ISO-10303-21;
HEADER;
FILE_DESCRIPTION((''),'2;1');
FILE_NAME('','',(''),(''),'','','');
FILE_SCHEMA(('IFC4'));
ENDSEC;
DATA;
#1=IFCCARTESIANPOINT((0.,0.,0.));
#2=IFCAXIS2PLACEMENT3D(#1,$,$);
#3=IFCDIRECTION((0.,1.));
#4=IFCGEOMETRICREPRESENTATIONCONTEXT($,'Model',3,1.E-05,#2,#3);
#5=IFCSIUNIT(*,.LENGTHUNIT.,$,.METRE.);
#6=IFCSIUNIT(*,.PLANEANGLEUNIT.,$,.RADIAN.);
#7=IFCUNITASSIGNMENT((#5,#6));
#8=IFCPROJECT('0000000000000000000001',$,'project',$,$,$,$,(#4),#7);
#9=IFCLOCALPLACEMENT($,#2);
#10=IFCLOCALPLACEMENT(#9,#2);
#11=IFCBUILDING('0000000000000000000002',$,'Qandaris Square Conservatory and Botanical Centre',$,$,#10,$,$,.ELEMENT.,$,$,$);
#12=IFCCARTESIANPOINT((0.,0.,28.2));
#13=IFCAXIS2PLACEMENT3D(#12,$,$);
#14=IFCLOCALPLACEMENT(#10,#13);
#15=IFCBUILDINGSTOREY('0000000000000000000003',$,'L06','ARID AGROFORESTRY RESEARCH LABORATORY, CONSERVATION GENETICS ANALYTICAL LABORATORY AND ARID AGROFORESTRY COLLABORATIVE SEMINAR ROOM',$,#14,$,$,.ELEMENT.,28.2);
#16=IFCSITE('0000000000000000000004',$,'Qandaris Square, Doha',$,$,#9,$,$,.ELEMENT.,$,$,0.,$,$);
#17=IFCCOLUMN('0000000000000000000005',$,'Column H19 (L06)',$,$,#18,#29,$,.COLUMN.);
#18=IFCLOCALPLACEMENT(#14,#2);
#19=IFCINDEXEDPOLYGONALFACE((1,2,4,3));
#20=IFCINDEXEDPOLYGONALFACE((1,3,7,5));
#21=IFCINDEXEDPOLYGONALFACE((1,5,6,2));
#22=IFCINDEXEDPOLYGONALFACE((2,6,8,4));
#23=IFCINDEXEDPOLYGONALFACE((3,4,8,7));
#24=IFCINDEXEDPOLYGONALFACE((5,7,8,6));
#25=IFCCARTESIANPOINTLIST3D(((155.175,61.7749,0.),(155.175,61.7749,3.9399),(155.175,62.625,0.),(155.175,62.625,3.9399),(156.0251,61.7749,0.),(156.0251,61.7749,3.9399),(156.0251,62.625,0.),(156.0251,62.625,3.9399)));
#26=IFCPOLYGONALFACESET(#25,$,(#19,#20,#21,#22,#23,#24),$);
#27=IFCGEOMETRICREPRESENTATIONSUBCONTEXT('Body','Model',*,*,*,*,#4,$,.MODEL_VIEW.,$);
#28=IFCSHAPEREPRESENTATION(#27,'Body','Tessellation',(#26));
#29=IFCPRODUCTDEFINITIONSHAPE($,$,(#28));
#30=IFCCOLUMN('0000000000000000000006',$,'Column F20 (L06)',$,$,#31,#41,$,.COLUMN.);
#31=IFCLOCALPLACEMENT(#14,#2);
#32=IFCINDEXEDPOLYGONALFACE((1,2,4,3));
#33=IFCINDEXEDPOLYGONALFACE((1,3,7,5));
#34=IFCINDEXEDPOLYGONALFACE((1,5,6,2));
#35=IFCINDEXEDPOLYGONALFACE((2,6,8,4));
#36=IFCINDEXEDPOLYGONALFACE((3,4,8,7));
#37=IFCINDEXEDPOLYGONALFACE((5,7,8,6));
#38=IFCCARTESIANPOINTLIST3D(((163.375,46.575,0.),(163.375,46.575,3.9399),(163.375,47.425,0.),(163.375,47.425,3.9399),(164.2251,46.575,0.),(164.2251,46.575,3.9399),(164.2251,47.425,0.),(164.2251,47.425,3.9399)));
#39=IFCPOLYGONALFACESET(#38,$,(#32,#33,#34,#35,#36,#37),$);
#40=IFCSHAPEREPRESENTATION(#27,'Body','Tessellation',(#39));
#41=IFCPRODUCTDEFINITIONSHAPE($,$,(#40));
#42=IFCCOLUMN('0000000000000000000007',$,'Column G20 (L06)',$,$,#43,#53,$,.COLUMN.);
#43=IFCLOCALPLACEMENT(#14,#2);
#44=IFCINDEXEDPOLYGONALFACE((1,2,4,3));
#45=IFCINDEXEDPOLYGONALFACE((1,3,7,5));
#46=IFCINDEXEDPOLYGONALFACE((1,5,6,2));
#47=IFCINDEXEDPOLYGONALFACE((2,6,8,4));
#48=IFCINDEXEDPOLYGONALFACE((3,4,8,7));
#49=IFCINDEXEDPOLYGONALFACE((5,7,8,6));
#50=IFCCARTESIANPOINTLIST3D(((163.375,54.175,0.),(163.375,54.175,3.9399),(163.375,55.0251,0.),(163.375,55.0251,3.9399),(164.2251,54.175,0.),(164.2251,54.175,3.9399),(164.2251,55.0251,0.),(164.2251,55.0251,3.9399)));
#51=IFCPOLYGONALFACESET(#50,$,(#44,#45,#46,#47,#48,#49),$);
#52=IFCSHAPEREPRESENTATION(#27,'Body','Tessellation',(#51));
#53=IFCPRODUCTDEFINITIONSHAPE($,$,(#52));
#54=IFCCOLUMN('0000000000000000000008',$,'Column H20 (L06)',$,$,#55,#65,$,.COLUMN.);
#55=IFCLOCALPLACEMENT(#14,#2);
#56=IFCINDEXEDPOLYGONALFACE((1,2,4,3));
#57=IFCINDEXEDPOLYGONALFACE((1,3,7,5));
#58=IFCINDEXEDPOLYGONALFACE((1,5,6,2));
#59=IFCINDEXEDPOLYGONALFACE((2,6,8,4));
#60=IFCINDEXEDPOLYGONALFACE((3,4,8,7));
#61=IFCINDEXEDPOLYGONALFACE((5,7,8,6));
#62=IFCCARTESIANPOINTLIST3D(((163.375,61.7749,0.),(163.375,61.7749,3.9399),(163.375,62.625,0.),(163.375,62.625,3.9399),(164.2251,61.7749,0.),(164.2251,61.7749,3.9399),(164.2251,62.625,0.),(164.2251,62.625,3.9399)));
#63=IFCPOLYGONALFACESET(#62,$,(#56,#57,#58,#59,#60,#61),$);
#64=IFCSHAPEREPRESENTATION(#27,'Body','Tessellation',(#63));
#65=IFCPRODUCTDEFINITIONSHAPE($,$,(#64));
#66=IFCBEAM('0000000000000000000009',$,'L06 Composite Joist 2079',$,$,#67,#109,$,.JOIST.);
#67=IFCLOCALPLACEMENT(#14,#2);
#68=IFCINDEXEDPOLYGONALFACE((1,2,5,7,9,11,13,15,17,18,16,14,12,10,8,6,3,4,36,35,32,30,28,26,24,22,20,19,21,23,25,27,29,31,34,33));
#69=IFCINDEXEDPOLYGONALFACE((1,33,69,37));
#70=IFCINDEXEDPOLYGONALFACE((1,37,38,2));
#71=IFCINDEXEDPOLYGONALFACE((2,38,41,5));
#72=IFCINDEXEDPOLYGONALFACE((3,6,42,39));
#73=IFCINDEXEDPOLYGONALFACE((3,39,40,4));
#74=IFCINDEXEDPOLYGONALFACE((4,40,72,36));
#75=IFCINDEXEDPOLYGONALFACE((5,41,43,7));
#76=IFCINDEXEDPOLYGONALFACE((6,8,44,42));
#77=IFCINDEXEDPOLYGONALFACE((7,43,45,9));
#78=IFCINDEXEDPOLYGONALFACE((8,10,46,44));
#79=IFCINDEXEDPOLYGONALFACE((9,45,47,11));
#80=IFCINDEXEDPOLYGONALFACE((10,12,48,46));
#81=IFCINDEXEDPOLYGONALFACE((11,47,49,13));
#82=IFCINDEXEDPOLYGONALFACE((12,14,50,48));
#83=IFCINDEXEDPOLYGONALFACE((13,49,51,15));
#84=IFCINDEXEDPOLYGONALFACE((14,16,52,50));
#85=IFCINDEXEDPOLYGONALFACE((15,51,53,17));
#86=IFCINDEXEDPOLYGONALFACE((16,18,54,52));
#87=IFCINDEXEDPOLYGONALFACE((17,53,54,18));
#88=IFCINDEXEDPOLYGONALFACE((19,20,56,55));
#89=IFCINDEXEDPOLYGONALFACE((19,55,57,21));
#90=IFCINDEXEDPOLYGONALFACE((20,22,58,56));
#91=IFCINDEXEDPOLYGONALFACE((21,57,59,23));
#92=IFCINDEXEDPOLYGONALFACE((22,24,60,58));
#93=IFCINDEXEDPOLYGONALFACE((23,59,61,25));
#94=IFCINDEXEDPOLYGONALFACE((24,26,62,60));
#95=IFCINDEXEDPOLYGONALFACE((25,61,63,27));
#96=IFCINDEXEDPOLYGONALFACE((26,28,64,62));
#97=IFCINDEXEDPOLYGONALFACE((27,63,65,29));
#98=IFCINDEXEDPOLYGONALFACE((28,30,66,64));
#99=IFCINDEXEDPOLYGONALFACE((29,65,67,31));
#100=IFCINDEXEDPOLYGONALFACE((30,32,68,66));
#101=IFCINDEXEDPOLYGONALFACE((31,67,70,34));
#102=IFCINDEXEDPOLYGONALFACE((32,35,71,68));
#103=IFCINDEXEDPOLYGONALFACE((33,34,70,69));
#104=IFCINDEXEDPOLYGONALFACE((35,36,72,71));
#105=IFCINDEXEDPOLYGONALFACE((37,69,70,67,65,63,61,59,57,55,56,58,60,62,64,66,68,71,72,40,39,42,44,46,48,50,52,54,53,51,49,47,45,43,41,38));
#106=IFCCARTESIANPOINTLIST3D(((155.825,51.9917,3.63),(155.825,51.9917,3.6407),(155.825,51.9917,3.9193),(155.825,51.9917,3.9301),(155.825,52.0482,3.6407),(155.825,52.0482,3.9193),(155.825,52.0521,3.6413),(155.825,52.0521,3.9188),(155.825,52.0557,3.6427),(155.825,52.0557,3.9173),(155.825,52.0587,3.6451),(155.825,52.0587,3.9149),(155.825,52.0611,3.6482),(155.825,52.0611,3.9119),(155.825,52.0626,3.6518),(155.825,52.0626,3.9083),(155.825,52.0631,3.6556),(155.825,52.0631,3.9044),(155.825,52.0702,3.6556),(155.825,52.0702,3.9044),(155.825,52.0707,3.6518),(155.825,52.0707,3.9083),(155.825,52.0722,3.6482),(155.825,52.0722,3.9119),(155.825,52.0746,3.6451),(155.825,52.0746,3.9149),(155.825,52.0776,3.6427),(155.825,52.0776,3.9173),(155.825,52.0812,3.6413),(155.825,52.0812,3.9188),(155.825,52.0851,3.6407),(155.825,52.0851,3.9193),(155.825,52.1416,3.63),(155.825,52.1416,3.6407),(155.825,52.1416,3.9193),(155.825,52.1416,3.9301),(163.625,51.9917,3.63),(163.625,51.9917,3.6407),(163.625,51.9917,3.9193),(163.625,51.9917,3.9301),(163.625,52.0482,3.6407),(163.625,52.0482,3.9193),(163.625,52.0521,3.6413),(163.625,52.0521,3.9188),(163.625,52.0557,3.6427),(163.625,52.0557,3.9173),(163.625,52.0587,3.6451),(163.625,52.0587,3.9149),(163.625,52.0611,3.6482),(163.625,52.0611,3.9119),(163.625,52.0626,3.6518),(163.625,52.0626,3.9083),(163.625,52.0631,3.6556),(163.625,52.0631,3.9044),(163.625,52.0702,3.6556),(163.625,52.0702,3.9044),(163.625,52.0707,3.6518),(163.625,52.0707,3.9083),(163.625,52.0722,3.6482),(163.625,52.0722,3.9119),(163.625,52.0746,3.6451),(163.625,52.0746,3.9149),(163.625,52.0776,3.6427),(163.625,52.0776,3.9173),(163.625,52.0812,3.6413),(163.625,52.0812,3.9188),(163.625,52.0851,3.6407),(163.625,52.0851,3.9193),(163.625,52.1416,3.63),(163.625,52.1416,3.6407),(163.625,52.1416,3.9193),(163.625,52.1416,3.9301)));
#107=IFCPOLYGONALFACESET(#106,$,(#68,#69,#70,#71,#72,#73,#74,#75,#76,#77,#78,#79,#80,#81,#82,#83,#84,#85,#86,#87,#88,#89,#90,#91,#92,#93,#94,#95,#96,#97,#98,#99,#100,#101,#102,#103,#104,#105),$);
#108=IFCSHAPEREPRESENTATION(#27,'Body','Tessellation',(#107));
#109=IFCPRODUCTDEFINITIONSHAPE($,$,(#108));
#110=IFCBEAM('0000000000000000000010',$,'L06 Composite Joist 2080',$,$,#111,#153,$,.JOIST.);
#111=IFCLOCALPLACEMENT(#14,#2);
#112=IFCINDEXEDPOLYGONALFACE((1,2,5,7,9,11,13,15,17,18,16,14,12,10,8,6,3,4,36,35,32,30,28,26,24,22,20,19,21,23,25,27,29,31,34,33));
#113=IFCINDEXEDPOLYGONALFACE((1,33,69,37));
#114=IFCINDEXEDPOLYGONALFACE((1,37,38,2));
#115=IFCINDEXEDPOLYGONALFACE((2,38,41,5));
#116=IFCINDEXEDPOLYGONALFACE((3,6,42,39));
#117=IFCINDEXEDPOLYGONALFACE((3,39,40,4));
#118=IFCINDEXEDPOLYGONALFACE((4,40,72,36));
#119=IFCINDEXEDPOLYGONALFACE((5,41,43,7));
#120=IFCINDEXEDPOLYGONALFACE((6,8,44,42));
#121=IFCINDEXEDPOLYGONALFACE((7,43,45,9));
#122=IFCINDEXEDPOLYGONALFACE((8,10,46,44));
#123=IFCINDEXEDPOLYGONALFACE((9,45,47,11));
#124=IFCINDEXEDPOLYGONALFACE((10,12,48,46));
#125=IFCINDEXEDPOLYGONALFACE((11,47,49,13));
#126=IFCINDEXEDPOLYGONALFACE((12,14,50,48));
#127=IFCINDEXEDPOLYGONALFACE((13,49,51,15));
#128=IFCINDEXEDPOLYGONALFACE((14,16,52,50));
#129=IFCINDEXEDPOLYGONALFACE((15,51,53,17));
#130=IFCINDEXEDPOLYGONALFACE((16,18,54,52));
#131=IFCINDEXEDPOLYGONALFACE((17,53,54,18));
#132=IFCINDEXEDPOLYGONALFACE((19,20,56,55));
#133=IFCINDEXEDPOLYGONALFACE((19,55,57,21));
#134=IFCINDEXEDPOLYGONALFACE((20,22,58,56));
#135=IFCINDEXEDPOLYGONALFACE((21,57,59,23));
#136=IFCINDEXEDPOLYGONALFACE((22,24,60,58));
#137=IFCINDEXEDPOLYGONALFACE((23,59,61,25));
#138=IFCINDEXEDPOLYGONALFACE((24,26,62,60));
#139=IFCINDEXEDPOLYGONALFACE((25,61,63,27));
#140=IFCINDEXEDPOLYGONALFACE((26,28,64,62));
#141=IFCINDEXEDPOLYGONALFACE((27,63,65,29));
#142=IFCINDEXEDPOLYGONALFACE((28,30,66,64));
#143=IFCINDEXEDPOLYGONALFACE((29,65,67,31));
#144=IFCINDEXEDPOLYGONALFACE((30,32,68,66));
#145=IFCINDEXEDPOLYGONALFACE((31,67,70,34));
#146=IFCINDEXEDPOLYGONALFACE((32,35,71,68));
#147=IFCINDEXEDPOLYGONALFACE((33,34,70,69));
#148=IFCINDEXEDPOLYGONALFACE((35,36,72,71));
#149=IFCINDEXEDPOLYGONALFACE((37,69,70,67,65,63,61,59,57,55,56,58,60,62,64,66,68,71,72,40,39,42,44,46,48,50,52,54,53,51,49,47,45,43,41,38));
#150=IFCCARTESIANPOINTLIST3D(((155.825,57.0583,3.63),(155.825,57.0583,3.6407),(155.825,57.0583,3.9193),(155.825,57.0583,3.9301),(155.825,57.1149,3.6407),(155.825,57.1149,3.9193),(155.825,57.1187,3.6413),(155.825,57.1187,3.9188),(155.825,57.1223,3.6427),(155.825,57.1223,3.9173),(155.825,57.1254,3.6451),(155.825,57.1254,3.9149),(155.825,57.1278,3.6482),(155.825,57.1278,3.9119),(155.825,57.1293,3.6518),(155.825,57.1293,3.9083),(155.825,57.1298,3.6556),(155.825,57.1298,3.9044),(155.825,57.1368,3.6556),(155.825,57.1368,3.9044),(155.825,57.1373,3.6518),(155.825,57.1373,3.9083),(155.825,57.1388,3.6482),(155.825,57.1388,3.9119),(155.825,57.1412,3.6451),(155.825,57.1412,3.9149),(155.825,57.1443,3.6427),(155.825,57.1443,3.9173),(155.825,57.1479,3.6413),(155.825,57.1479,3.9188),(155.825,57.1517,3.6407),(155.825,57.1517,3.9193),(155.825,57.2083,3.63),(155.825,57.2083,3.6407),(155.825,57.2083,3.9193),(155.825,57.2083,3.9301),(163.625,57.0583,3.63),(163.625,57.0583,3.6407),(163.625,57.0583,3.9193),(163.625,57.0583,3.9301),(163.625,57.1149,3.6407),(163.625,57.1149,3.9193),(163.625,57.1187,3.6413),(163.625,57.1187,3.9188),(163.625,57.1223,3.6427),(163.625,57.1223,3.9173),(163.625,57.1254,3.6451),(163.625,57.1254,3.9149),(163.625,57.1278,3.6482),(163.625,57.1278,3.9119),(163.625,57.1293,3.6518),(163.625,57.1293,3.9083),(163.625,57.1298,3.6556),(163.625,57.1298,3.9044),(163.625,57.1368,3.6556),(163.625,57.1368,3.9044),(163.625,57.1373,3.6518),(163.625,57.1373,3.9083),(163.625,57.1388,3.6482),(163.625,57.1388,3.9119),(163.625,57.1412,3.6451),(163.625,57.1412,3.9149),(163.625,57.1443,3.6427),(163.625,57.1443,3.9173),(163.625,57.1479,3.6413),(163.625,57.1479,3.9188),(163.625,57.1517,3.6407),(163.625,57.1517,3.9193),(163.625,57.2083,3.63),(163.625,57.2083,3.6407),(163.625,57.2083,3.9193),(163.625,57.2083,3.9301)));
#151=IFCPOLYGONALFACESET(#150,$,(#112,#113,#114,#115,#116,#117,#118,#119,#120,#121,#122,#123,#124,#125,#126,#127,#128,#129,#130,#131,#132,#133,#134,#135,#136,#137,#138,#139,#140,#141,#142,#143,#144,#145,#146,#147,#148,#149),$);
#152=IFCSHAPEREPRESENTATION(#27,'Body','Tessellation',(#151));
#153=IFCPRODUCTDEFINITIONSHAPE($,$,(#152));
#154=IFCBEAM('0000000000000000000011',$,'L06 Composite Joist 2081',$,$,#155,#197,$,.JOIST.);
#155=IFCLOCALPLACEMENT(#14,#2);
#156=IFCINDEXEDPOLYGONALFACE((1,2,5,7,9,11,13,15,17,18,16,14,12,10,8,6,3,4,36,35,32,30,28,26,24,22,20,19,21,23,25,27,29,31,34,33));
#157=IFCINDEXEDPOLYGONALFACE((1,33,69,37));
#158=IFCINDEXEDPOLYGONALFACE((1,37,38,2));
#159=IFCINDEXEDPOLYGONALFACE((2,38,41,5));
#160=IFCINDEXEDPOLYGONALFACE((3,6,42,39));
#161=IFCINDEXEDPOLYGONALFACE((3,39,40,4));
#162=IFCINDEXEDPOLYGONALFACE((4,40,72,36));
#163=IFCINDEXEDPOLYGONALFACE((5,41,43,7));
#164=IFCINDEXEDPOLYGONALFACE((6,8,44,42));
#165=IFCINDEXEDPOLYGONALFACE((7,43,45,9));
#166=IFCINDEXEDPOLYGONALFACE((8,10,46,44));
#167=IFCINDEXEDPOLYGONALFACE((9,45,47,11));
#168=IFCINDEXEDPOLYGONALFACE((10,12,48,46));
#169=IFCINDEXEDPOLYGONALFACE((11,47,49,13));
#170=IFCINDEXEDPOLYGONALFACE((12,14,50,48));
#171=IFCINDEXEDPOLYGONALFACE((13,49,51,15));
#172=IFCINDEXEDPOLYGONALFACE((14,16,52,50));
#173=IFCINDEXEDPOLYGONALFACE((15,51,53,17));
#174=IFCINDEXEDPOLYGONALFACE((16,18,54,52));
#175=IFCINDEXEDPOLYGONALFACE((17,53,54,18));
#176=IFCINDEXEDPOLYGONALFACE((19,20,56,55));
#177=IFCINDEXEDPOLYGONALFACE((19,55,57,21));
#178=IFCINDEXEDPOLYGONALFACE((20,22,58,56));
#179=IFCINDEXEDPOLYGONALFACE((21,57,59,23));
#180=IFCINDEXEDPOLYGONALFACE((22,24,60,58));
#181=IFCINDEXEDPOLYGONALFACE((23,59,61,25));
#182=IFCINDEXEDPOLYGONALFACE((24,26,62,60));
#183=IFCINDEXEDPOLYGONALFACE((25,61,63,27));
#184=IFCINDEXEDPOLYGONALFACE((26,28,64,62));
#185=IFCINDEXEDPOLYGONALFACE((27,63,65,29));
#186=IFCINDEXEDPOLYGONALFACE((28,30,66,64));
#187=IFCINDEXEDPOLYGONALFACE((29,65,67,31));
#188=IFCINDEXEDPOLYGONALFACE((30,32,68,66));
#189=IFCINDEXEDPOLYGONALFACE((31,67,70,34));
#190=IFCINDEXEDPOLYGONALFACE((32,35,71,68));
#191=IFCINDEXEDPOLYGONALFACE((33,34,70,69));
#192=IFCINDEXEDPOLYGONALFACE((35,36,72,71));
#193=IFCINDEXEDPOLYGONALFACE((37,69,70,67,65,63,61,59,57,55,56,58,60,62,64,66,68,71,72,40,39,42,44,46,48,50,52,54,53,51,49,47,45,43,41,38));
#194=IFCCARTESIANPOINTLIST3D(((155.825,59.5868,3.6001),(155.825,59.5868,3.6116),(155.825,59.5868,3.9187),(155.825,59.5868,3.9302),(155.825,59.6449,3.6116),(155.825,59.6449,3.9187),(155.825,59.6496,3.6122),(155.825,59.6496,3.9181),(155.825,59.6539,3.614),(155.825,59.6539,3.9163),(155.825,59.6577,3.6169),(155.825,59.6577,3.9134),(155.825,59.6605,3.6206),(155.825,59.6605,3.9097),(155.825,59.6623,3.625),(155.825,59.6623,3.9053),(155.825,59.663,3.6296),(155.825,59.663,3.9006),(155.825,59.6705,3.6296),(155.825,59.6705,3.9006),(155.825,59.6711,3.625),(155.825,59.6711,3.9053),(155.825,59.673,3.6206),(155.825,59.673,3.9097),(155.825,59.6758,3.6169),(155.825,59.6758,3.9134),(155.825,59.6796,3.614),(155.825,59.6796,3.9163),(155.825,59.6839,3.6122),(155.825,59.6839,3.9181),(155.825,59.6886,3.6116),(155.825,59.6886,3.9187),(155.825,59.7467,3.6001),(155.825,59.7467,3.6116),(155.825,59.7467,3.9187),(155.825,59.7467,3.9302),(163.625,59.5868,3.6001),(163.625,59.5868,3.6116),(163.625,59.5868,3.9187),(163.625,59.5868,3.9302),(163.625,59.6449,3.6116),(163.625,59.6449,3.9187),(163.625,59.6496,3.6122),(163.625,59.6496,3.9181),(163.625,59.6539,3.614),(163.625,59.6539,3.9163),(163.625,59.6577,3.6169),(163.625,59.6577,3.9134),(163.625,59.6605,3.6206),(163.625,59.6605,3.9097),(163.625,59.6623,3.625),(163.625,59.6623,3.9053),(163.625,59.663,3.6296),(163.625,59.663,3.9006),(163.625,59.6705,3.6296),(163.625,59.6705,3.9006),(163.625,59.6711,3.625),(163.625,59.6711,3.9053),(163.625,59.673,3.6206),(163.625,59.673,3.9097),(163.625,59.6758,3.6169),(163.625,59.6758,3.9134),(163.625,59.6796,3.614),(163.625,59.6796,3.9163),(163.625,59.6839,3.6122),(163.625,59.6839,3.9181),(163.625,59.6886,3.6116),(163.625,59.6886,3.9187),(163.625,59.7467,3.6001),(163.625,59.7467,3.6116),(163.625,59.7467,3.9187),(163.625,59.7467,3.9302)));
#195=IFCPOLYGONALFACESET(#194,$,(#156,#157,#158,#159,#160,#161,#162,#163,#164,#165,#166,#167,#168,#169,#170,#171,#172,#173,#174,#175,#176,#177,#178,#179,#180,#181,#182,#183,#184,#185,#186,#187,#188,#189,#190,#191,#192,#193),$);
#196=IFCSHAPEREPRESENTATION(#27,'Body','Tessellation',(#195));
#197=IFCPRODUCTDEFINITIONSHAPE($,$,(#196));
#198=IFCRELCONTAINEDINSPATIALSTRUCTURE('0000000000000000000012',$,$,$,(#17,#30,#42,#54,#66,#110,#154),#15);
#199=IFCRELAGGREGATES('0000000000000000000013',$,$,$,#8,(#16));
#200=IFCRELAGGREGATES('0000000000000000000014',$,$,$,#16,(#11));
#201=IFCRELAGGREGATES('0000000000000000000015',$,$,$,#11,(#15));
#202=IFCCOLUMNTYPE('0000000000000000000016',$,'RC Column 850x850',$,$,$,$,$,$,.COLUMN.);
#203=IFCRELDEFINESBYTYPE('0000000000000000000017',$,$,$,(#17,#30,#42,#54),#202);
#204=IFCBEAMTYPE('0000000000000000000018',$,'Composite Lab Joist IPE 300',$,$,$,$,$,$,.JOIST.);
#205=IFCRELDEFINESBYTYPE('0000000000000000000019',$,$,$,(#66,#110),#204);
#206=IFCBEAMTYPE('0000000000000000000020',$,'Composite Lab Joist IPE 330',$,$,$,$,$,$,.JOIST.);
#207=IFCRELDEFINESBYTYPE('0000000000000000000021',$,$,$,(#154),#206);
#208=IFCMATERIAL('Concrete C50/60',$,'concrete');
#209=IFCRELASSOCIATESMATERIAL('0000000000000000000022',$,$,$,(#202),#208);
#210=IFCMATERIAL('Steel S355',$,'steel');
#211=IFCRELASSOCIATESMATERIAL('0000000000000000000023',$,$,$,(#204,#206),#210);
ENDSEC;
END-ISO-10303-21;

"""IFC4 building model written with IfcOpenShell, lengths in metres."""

from ifc_helpers import new_model, si_unit, direction, frame, origin, origin_2d, place, context, subcontext, project, spatial, rectangle, i_section, extrude, material, material_profile, profile_set, type_object, element, save


model = new_model("IFC4")

# Units and contexts
model_context = context("Model", 3, precision=1e-05, world=origin(), true_north=direction((0.0, 1.0)))
body_context = subcontext(model_context, "Body", "Model", "MODEL_VIEW")
ifc_project = project(units=[si_unit("LENGTHUNIT", "METRE"), si_unit("PLANEANGLEUNIT", "RADIAN")], contexts=[model_context])

# Site, building, storey
site_placement = place(None, origin())
site = spatial("IfcSite", under=ifc_project, at=site_placement, Name="Qandaris Square, Doha", CompositionType="ELEMENT", RefElevation=0.0)
building_placement = place(site_placement, origin())
building = spatial("IfcBuilding", under=site, at=building_placement, Name="Qandaris Square Conservatory and Botanical Centre", CompositionType="ELEMENT")
storey_placement = place(building_placement, frame((0.0, 0.0, 28.2)))
storey = spatial("IfcBuildingStorey", under=building, at=storey_placement, Name="L06", Description="ARID AGROFORESTRY RESEARCH LABORATORY, CONSERVATION GENETICS ANALYTICAL LABORATORY AND ARID AGROFORESTRY COLLABORATIVE SEMINAR ROOM", CompositionType="ELEMENT", Elevation=28.2)

# Columns
ifc_material_1 = material(Name="Concrete C50/60", Category="concrete")
ifc_material_profile_1 = material_profile(ifc_material_1, rectangle(XDim=0.8501, YDim=0.8501, at=origin_2d()), Name="RC-COL 850x850")
ifc_profile_set_1 = profile_set([ifc_material_profile_1], Name="Concrete C50/60")
column_type = type_object("IfcColumnType", Name="RC Column 850x850", PredefinedType="COLUMN", material=ifc_profile_set_1)
for number, where, z_axis, x_axis, name in (
    (1, (155.6001, 62.2, 0.0), (0.0, 0.0, 1.0), (1.0, 0.0, 0.0), "Column H19 (L06)"),
    (2, (163.8, 47.0, 0.0), (0.0, 0.0, 1.0), (1.0, 0.0, 0.0), "Column F20 (L06)"),
    (3, (163.8, 54.6001, 0.0), (0.0, 0.0, 1.0), (1.0, 0.0, 0.0), "Column G20 (L06)"),
    (4, (163.8, 62.2, 0.0), (0.0, 0.0, 1.0), (1.0, 0.0, 0.0), "Column H20 (L06)"),
):
    element("IfcColumn", number, at=place(storey_placement, frame(where, z_axis=z_axis, x_axis=x_axis)), inside=storey, type_object=column_type, Name=name, PredefinedType="COLUMN", context=body_context, shape_type="SweptSolid", body=[
        extrude(rectangle(XDim=0.8501, YDim=0.8501, at=origin_2d()), origin(), (0.0, 0.0, 1.0), 3.9399),
    ])

# Beams
ifc_material_2 = material(Name="Steel S355", Category="steel")
ifc_material_profile_2 = material_profile(ifc_material_2, i_section(OverallWidth=0.1499, OverallDepth=0.3, WebThickness=0.0071, FlangeThickness=0.0107, FilletRadius=0.0149, at=origin_2d()), Name="IPE 300")
ifc_profile_set_2 = profile_set([ifc_material_profile_2], Name="Steel S355")
beam_type_1 = type_object("IfcBeamType", Name="Composite Lab Joist IPE 300", PredefinedType="JOIST", material=ifc_profile_set_2)
for number, where, z_axis, x_axis, name in (
    (5, (155.825, 52.0667, 3.78), (1.0, 0.0, 0.0), (0.0, 1.0, 0.0), "L06 Composite Joist 2079"),
    (6, (155.825, 57.1333, 3.78), (1.0, 0.0, 0.0), (0.0, 1.0, 0.0), "L06 Composite Joist 2080"),
):
    element("IfcBeam", number, at=place(storey_placement, frame(where, z_axis=z_axis, x_axis=x_axis)), inside=storey, type_object=beam_type_1, Name=name, PredefinedType="JOIST", context=body_context, shape_type="SweptSolid", body=[
        extrude(i_section(OverallWidth=0.1499, OverallDepth=0.3, WebThickness=0.0071, FlangeThickness=0.0107, FilletRadius=0.0149, at=origin_2d()), origin(), (0.0, 0.0, 1.0), 7.8),
    ])
ifc_material_profile_3 = material_profile(ifc_material_2, i_section(OverallWidth=0.1599, OverallDepth=0.3301, WebThickness=0.0076, FlangeThickness=0.0115, FilletRadius=0.0181, at=origin_2d()), Name="IPE 330")
ifc_profile_set_3 = profile_set([ifc_material_profile_3], Name="Steel S355")
beam_type_2 = type_object("IfcBeamType", Name="Composite Lab Joist IPE 330", PredefinedType="JOIST", material=ifc_profile_set_3)
beam_1_placement = place(storey_placement, frame((155.825, 59.6667, 3.7651), z_axis=(1.0, 0.0, 0.0), x_axis=(0.0, 1.0, 0.0)))
element("IfcBeam", 7, at=beam_1_placement, inside=storey, type_object=beam_type_2, Name="L06 Composite Joist 2081", PredefinedType="JOIST", context=body_context, shape_type="SweptSolid", body=[
    extrude(i_section(OverallWidth=0.1599, OverallDepth=0.3301, WebThickness=0.0076, FlangeThickness=0.0115, FilletRadius=0.0181, at=origin_2d()), origin(), (0.0, 0.0, 1.0), 7.8),
])

save(model, "model.ifc")
